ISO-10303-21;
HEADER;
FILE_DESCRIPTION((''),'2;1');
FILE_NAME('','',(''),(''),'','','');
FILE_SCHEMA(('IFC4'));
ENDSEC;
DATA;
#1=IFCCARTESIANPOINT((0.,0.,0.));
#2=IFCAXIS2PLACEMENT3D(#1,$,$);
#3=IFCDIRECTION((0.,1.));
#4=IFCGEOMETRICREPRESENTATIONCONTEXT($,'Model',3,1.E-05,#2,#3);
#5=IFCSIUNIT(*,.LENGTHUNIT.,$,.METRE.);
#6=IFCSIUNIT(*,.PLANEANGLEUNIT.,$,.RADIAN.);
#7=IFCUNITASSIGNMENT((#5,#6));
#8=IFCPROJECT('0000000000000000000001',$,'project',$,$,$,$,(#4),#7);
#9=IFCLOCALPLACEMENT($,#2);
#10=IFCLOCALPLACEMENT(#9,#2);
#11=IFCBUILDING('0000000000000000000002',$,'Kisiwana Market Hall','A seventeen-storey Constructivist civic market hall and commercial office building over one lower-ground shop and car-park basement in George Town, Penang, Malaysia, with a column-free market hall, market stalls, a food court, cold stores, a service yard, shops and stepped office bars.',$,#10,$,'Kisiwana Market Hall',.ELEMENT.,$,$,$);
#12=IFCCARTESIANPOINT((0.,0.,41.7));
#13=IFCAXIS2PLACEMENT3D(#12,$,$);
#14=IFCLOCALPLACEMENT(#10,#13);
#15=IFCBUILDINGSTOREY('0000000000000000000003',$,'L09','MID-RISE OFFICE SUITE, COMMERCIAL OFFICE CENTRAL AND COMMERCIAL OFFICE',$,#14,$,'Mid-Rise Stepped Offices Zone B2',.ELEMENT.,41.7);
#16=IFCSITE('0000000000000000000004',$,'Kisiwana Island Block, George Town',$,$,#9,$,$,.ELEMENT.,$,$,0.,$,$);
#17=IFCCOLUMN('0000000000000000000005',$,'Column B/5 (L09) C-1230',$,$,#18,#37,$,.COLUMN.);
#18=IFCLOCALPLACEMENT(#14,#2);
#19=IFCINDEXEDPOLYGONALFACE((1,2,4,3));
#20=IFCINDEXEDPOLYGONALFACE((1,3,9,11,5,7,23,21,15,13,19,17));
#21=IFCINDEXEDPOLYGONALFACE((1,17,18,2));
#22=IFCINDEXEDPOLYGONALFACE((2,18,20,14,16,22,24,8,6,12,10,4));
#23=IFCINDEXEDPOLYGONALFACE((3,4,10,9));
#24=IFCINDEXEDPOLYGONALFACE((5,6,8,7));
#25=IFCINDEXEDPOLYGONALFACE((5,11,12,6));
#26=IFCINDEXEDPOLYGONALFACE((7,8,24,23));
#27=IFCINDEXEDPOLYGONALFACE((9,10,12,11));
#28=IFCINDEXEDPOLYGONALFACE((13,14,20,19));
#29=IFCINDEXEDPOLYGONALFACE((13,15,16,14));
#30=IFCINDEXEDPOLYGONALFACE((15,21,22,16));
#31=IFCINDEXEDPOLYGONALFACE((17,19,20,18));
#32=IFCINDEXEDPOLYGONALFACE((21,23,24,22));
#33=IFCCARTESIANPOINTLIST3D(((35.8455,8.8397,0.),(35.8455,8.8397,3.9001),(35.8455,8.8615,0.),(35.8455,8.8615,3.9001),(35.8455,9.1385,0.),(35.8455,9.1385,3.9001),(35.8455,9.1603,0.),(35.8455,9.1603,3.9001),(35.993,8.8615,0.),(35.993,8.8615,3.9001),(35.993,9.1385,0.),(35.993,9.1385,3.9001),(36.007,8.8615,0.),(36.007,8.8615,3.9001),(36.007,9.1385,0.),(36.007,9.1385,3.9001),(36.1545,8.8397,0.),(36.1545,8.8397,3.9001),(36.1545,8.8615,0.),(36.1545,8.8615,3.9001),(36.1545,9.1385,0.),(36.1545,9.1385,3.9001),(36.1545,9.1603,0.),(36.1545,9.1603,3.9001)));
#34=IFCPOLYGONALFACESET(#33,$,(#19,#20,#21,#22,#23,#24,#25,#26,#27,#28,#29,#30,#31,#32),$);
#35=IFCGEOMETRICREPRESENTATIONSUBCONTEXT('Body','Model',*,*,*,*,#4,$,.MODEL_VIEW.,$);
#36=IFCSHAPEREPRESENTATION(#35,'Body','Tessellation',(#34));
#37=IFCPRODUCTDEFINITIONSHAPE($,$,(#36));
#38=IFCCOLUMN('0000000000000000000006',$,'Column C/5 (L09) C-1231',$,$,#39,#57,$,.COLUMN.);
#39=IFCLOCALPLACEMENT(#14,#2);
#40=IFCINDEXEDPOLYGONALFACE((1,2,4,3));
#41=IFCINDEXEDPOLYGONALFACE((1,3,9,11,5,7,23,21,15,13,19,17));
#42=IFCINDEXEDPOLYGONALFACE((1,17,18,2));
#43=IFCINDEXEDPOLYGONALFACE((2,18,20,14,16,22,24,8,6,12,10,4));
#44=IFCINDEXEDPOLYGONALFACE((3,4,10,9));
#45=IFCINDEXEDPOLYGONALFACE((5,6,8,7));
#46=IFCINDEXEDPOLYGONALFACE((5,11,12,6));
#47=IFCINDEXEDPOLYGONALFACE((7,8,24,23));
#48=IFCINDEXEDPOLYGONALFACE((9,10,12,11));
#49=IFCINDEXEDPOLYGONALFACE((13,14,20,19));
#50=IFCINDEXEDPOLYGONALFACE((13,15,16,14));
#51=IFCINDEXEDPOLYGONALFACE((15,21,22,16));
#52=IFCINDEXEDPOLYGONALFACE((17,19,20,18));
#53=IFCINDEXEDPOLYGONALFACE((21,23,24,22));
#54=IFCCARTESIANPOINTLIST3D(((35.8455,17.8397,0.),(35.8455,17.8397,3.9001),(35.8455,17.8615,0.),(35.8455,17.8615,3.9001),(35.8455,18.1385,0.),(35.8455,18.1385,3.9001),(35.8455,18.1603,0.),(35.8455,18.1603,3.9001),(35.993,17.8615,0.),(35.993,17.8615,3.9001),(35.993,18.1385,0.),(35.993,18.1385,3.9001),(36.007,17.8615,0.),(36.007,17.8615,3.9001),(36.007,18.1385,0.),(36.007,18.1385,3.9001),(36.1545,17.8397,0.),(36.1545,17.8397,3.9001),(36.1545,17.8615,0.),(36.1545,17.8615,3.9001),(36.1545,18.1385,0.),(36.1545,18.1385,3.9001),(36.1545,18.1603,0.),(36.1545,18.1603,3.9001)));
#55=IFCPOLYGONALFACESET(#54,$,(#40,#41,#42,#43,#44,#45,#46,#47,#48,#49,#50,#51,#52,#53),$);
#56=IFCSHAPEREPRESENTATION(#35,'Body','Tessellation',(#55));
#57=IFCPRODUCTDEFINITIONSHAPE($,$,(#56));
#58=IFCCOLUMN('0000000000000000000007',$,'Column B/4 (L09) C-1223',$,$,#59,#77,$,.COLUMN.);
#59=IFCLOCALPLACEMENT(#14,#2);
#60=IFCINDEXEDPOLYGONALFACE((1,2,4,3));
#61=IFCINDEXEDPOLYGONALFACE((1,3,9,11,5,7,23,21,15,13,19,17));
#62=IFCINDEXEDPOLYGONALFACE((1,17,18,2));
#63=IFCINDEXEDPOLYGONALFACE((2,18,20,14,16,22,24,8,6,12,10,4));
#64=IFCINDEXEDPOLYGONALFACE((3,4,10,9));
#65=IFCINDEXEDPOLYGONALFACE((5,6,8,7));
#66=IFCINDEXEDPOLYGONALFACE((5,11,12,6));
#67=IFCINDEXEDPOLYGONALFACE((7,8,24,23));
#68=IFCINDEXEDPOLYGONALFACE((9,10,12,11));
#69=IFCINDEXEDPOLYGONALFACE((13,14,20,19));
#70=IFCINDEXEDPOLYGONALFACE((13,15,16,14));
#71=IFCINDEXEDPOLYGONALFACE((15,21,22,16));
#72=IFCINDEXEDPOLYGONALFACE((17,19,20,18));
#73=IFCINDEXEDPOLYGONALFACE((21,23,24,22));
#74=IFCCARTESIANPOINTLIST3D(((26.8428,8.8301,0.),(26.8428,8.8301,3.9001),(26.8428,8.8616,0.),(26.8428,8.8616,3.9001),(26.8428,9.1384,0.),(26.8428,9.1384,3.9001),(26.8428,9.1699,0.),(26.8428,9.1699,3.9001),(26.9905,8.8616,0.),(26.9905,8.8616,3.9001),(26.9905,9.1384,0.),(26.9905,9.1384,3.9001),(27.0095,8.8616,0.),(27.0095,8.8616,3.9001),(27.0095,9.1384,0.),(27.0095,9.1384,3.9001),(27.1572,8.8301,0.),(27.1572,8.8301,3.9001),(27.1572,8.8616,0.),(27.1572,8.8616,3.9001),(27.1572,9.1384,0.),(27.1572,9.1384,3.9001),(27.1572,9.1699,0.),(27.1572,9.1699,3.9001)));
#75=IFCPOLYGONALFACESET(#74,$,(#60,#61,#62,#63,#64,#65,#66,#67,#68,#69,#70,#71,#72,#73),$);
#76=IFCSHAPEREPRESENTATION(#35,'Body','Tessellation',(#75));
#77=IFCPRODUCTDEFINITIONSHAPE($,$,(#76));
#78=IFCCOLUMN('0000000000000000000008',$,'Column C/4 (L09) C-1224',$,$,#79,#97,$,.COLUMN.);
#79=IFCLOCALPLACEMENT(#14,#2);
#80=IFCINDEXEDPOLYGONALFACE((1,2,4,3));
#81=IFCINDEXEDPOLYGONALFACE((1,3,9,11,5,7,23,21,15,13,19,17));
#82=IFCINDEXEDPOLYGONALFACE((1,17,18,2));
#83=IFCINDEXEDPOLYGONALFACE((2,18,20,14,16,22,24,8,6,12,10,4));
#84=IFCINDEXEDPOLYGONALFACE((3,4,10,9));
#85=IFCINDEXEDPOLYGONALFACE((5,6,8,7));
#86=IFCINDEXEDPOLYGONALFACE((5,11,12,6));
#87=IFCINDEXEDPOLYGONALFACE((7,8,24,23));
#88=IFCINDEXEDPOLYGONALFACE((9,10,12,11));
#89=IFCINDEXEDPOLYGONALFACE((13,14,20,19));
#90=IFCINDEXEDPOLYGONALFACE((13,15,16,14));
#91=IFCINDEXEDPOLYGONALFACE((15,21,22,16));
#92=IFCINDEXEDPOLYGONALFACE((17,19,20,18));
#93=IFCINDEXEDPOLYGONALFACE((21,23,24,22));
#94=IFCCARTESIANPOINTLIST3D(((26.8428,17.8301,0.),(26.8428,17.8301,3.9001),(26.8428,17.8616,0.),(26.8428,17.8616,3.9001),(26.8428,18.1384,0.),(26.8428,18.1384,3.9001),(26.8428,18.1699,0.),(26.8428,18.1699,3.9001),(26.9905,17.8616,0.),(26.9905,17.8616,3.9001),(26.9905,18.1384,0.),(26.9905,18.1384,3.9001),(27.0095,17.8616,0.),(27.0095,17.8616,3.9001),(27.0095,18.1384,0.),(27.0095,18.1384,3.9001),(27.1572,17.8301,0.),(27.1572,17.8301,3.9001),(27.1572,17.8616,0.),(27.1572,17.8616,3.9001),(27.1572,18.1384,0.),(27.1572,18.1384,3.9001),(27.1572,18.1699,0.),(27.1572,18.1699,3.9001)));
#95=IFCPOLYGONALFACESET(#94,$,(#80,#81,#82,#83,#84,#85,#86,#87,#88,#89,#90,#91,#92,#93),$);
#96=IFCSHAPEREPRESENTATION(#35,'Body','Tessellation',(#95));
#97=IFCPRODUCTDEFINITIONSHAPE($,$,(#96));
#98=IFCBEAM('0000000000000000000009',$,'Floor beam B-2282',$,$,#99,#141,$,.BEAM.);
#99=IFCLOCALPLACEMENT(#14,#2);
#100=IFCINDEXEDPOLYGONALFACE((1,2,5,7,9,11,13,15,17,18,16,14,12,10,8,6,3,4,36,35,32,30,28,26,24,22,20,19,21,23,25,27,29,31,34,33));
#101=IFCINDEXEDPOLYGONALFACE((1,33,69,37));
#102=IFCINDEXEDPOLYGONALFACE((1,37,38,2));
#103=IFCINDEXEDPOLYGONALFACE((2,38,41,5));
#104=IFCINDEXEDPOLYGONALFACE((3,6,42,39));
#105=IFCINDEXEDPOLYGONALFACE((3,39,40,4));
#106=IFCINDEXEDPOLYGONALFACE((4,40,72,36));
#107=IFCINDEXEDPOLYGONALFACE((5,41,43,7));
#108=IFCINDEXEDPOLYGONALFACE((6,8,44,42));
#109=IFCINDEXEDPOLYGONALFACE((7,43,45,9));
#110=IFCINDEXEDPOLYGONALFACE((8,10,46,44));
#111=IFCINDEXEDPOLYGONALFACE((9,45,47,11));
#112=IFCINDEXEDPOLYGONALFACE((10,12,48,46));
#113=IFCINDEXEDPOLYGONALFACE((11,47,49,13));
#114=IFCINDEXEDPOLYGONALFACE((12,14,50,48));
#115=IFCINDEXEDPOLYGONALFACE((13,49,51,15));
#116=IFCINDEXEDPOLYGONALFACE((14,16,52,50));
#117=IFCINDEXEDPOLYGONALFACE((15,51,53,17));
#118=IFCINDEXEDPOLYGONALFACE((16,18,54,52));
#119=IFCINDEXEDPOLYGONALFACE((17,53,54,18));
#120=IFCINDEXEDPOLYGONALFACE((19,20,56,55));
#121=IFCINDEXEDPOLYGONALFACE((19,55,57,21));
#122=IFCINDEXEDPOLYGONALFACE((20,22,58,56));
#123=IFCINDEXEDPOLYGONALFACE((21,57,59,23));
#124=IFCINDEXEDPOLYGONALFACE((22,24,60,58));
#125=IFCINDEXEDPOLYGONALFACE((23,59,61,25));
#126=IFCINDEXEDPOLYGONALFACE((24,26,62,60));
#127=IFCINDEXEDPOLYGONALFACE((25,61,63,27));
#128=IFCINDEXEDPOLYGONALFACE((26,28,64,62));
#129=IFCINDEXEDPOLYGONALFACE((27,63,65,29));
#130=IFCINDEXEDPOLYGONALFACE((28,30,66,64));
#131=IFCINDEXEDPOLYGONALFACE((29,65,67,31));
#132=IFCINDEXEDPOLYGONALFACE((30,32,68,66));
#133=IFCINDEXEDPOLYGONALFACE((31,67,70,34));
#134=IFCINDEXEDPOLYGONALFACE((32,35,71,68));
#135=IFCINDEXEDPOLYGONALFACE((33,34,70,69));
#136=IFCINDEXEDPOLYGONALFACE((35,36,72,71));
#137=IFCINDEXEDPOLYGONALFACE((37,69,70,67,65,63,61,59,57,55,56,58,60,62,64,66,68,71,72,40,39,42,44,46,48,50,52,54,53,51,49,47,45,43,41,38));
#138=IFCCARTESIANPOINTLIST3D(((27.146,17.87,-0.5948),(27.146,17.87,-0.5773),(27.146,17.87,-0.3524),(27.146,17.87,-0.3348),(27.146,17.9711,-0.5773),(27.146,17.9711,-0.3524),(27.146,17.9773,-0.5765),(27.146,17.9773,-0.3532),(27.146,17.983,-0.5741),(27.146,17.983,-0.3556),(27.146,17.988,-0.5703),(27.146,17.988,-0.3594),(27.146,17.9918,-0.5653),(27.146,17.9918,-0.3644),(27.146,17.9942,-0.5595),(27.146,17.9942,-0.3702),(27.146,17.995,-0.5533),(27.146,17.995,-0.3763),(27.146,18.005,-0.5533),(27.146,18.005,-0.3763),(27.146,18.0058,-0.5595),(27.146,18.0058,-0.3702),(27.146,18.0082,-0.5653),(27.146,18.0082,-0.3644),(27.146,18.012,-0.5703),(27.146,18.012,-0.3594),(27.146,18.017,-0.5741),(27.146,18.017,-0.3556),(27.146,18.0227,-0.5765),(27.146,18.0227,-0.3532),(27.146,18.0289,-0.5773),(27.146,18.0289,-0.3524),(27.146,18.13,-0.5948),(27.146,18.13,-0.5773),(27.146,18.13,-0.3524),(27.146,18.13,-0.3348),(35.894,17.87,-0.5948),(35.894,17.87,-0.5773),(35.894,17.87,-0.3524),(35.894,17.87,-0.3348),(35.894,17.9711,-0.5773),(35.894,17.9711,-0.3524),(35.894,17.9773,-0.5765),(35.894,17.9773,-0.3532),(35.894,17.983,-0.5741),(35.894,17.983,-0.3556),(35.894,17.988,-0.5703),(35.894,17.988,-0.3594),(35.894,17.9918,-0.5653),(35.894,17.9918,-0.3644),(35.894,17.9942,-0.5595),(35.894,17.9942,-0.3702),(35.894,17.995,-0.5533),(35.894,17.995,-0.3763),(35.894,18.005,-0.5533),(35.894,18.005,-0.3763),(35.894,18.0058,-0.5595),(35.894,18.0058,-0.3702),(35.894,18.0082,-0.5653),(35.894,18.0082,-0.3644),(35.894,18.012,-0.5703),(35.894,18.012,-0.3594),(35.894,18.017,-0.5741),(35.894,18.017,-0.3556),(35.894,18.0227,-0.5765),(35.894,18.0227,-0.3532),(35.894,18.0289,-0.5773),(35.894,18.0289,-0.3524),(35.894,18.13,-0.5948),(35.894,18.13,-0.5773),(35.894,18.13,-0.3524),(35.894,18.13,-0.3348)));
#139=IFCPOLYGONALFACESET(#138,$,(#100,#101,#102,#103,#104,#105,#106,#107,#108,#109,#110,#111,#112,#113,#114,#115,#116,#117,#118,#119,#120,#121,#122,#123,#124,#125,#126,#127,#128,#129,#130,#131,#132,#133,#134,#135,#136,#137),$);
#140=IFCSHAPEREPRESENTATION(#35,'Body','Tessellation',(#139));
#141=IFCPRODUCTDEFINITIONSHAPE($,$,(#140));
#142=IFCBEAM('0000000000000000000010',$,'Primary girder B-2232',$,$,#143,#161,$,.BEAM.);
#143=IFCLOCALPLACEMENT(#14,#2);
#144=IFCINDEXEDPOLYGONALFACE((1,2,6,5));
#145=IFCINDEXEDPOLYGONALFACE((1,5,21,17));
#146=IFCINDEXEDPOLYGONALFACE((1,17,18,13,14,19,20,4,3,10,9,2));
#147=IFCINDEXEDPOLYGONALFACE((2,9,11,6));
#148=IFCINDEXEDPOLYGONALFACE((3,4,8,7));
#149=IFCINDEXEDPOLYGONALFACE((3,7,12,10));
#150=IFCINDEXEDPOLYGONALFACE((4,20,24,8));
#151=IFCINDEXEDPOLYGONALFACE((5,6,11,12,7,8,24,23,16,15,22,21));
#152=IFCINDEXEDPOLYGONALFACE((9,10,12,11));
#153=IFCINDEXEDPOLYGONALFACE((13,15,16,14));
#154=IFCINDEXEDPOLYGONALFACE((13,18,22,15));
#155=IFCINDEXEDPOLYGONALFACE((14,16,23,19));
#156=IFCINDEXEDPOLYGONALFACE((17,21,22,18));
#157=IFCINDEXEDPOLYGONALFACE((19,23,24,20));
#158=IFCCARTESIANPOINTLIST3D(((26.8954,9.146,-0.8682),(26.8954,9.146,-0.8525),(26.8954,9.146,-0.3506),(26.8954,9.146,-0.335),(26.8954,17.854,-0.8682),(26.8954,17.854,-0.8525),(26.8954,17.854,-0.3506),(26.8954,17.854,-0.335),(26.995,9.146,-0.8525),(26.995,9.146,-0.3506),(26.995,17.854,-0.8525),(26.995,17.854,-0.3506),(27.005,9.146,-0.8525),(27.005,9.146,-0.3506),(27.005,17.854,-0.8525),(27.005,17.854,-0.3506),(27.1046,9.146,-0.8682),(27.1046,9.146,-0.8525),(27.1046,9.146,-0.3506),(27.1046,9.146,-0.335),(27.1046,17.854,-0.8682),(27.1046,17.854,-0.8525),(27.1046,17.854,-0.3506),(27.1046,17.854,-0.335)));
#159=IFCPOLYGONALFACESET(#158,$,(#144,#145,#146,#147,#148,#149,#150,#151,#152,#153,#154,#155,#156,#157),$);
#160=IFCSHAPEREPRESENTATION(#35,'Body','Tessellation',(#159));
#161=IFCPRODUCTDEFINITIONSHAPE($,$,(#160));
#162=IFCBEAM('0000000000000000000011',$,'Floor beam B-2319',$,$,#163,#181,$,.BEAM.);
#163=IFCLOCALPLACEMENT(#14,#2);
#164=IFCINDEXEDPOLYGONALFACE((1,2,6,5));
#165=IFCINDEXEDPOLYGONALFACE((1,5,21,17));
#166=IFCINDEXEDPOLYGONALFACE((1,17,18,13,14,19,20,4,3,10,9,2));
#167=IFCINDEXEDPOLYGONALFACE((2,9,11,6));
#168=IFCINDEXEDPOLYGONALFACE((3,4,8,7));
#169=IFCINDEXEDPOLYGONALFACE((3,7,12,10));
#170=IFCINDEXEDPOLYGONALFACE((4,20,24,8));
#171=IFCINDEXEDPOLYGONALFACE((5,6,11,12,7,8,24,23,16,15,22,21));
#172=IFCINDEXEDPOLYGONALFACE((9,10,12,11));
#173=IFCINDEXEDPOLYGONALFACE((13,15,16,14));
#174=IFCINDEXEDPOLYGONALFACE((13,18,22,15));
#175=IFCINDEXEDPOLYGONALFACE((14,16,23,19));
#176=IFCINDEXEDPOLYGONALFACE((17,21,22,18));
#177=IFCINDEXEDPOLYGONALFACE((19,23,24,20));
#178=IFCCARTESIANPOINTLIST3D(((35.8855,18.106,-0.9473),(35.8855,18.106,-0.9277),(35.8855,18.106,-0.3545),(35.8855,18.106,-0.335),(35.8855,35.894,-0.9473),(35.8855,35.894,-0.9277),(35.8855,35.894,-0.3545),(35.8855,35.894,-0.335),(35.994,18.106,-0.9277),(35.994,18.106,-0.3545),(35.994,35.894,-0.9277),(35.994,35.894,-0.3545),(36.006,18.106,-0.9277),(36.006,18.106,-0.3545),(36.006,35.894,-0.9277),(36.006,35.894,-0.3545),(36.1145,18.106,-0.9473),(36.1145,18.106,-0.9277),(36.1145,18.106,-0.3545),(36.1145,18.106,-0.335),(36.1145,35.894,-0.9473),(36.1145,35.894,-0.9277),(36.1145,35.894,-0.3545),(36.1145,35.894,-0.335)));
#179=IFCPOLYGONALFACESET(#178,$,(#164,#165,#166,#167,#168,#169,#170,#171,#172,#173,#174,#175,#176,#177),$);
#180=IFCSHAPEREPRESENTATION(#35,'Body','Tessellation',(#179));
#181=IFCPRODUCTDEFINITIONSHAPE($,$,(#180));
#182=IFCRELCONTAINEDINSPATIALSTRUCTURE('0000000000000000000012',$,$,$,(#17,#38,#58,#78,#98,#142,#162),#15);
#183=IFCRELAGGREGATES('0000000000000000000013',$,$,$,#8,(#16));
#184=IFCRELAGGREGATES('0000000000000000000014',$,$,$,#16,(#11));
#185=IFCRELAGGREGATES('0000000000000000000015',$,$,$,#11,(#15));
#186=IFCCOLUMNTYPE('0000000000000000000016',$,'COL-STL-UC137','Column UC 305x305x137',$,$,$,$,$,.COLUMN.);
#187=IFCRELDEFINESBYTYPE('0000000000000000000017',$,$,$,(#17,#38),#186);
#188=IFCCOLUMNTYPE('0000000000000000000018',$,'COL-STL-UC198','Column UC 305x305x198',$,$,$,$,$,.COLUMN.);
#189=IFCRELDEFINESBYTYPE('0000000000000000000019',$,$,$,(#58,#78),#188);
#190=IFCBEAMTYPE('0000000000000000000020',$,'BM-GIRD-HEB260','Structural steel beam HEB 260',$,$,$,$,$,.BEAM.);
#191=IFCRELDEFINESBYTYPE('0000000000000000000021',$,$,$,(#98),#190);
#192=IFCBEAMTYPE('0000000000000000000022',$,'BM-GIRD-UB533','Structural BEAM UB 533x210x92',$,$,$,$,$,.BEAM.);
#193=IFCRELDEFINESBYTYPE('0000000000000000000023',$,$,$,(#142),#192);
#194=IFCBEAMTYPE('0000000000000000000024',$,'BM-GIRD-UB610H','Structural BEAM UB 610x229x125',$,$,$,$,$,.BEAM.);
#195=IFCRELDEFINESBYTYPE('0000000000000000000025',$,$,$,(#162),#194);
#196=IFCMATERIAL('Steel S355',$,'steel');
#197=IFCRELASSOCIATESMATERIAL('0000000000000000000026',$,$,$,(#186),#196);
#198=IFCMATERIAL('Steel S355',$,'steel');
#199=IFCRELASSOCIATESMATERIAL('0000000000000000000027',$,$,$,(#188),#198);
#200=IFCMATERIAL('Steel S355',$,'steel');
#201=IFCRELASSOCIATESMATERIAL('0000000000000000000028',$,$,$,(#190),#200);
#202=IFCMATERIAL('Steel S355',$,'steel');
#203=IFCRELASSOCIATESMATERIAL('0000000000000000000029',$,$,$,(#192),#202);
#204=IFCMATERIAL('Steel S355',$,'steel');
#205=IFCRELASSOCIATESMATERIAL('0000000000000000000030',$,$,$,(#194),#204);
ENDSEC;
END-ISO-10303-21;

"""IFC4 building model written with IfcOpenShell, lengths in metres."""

from ifc_helpers import new_model, si_unit, direction, frame, origin, origin_2d, place, context, subcontext, project, spatial, i_section, extrude, material, material_profile, profile_set, type_object, element, save


model = new_model("IFC4")

# Units and contexts
model_context = context("Model", 3, precision=1e-05, world=origin(), true_north=direction((0.0, 1.0)))
body_context = subcontext(model_context, "Body", "Model", "MODEL_VIEW")
ifc_project = project(units=[si_unit("LENGTHUNIT", "METRE"), si_unit("PLANEANGLEUNIT", "RADIAN")], contexts=[model_context])

# Site, building, storey
site_placement = place(None, origin())
site = spatial("IfcSite", under=ifc_project, at=site_placement, Name="Kisiwana Island Block, George Town", CompositionType="ELEMENT", RefElevation=0.0)
building_placement = place(site_placement, origin())
building = spatial("IfcBuilding", under=site, at=building_placement, Name="Kisiwana Market Hall", Description="A seventeen-storey Constructivist civic market hall and commercial office building over one lower-ground shop and car-park basement in George Town, Penang, Malaysia, with a column-free market hall, market stalls, a food court, cold stores, a service yard, shops and stepped office bars.", LongName="Kisiwana Market Hall", CompositionType="ELEMENT")
storey_placement = place(building_placement, frame((0.0, 0.0, 41.7)))
storey = spatial("IfcBuildingStorey", under=building, at=storey_placement, Name="L09", Description="MID-RISE OFFICE SUITE, COMMERCIAL OFFICE CENTRAL AND COMMERCIAL OFFICE", LongName="Mid-Rise Stepped Offices Zone B2", CompositionType="ELEMENT", Elevation=41.7)

# Columns
ifc_material_1 = material(Name="Steel S355", Category="steel")
ifc_material_profile_1 = material_profile(ifc_material_1, i_section(OverallWidth=0.3091, OverallDepth=0.3206, WebThickness=0.0139, FlangeThickness=0.0217, at=origin_2d()), Name="UC 305x305x137")
ifc_profile_set_1 = profile_set([ifc_material_profile_1], Name="Steel S355")
column_type_1 = type_object("IfcColumnType", Name="COL-STL-UC137", Description="Column UC 305x305x137", PredefinedType="COLUMN", material=ifc_profile_set_1)
for number, where, z_axis, x_axis, name in (
    (1, (36.0, 9.0, 0.0), (0.0, 0.0, 1.0), (1.0, 0.0, 0.0), "Column B/5 (L09) C-1230"),
    (2, (36.0, 18.0, 0.0), (0.0, 0.0, 1.0), (1.0, 0.0, 0.0), "Column C/5 (L09) C-1231"),
):
    element("IfcColumn", number, at=place(storey_placement, frame(where, z_axis=z_axis, x_axis=x_axis)), inside=storey, type_object=column_type_1, Name=name, PredefinedType="COLUMN", context=body_context, shape_type="SweptSolid", body=[
        extrude(i_section(OverallWidth=0.3091, OverallDepth=0.3206, WebThickness=0.0139, FlangeThickness=0.0217, at=origin_2d()), origin(), (0.0, 0.0, 1.0), 3.9001),
    ])
ifc_material_2 = material(Name="Steel S355", Category="steel")
ifc_material_profile_2 = material_profile(ifc_material_2, i_section(OverallWidth=0.3145, OverallDepth=0.3398, WebThickness=0.019, FlangeThickness=0.0315, at=origin_2d()), Name="UC 305x305x198")
ifc_profile_set_2 = profile_set([ifc_material_profile_2], Name="Steel S355")
column_type_2 = type_object("IfcColumnType", Name="COL-STL-UC198", Description="Column UC 305x305x198", PredefinedType="COLUMN", material=ifc_profile_set_2)
for number, where, z_axis, x_axis, name in (
    (3, (27.0, 9.0, 0.0), (0.0, 0.0, 1.0), (1.0, 0.0, 0.0), "Column B/4 (L09) C-1223"),
    (4, (27.0, 18.0, 0.0), (0.0, 0.0, 1.0), (1.0, 0.0, 0.0), "Column C/4 (L09) C-1224"),
):
    element("IfcColumn", number, at=place(storey_placement, frame(where, z_axis=z_axis, x_axis=x_axis)), inside=storey, type_object=column_type_2, Name=name, PredefinedType="COLUMN", context=body_context, shape_type="SweptSolid", body=[
        extrude(i_section(OverallWidth=0.3145, OverallDepth=0.3398, WebThickness=0.019, FlangeThickness=0.0315, at=origin_2d()), origin(), (0.0, 0.0, 1.0), 3.9001),
    ])

# Beams
ifc_material_3 = material(Name="Steel S355", Category="steel")
ifc_material_profile_3 = material_profile(ifc_material_3, i_section(OverallWidth=0.26, OverallDepth=0.26, WebThickness=0.01, FlangeThickness=0.0176, FilletRadius=0.0239, at=origin_2d()), Name="HEB 260")
ifc_profile_set_3 = profile_set([ifc_material_profile_3], Name="Steel S355")
beam_type_1 = type_object("IfcBeamType", Name="BM-GIRD-HEB260", Description="Structural steel beam HEB 260", PredefinedType="BEAM", material=ifc_profile_set_3)
beam_1_placement = place(storey_placement, frame((27.146, 18.0, -0.4648), z_axis=(1.0, 0.0, 0.0), x_axis=(0.0, 1.0, 0.0)))
element("IfcBeam", 5, at=beam_1_placement, inside=storey, type_object=beam_type_1, Name="Floor beam B-2282", PredefinedType="BEAM", context=body_context, shape_type="SweptSolid", body=[
    extrude(i_section(OverallWidth=0.26, OverallDepth=0.26, WebThickness=0.01, FlangeThickness=0.0176, FilletRadius=0.0239, at=origin_2d()), origin(), (0.0, 0.0, 1.0), 8.748),
])
ifc_material_4 = material(Name="Steel S355", Category="steel")
ifc_material_profile_4 = material_profile(ifc_material_4, i_section(OverallWidth=0.2092, OverallDepth=0.5332, WebThickness=0.01, FlangeThickness=0.0156, at=origin_2d()), Name="UB 533x210x92")
ifc_profile_set_4 = profile_set([ifc_material_profile_4], Name="Steel S355")
beam_type_2 = type_object("IfcBeamType", Name="BM-GIRD-UB533", Description="Structural BEAM UB 533x210x92", PredefinedType="BEAM", material=ifc_profile_set_4)
beam_2_placement = place(storey_placement, frame((27.0, 9.146, -0.6016), z_axis=(0.0, 1.0, 0.0), x_axis=(-1.0, 0.0, 0.0)))
element("IfcBeam", 6, at=beam_2_placement, inside=storey, type_object=beam_type_2, Name="Primary girder B-2232", PredefinedType="BEAM", context=body_context, shape_type="SweptSolid", body=[
    extrude(i_section(OverallWidth=0.2092, OverallDepth=0.5332, WebThickness=0.01, FlangeThickness=0.0156, at=origin_2d()), origin(), (0.0, 0.0, 1.0), 8.708),
])
ifc_material_5 = material(Name="Steel S355", Category="steel")
ifc_material_profile_5 = material_profile(ifc_material_5, i_section(OverallWidth=0.229, OverallDepth=0.6123, WebThickness=0.012, FlangeThickness=0.0195, at=origin_2d()), Name="UB 610x229x125")
ifc_profile_set_5 = profile_set([ifc_material_profile_5], Name="Steel S355")
beam_type_3 = type_object("IfcBeamType", Name="BM-GIRD-UB610H", Description="Structural BEAM UB 610x229x125", PredefinedType="BEAM", material=ifc_profile_set_5)
beam_3_placement = place(storey_placement, frame((36.0, 18.106, -0.6411), z_axis=(0.0, 1.0, 0.0), x_axis=(-1.0, 0.0, 0.0)))
element("IfcBeam", 7, at=beam_3_placement, inside=storey, type_object=beam_type_3, Name="Floor beam B-2319", PredefinedType="BEAM", context=body_context, shape_type="SweptSolid", body=[
    extrude(i_section(OverallWidth=0.229, OverallDepth=0.6123, WebThickness=0.012, FlangeThickness=0.0195, at=origin_2d()), origin(), (0.0, 0.0, 1.0), 17.7881),
])

save(model, "model.ifc")
